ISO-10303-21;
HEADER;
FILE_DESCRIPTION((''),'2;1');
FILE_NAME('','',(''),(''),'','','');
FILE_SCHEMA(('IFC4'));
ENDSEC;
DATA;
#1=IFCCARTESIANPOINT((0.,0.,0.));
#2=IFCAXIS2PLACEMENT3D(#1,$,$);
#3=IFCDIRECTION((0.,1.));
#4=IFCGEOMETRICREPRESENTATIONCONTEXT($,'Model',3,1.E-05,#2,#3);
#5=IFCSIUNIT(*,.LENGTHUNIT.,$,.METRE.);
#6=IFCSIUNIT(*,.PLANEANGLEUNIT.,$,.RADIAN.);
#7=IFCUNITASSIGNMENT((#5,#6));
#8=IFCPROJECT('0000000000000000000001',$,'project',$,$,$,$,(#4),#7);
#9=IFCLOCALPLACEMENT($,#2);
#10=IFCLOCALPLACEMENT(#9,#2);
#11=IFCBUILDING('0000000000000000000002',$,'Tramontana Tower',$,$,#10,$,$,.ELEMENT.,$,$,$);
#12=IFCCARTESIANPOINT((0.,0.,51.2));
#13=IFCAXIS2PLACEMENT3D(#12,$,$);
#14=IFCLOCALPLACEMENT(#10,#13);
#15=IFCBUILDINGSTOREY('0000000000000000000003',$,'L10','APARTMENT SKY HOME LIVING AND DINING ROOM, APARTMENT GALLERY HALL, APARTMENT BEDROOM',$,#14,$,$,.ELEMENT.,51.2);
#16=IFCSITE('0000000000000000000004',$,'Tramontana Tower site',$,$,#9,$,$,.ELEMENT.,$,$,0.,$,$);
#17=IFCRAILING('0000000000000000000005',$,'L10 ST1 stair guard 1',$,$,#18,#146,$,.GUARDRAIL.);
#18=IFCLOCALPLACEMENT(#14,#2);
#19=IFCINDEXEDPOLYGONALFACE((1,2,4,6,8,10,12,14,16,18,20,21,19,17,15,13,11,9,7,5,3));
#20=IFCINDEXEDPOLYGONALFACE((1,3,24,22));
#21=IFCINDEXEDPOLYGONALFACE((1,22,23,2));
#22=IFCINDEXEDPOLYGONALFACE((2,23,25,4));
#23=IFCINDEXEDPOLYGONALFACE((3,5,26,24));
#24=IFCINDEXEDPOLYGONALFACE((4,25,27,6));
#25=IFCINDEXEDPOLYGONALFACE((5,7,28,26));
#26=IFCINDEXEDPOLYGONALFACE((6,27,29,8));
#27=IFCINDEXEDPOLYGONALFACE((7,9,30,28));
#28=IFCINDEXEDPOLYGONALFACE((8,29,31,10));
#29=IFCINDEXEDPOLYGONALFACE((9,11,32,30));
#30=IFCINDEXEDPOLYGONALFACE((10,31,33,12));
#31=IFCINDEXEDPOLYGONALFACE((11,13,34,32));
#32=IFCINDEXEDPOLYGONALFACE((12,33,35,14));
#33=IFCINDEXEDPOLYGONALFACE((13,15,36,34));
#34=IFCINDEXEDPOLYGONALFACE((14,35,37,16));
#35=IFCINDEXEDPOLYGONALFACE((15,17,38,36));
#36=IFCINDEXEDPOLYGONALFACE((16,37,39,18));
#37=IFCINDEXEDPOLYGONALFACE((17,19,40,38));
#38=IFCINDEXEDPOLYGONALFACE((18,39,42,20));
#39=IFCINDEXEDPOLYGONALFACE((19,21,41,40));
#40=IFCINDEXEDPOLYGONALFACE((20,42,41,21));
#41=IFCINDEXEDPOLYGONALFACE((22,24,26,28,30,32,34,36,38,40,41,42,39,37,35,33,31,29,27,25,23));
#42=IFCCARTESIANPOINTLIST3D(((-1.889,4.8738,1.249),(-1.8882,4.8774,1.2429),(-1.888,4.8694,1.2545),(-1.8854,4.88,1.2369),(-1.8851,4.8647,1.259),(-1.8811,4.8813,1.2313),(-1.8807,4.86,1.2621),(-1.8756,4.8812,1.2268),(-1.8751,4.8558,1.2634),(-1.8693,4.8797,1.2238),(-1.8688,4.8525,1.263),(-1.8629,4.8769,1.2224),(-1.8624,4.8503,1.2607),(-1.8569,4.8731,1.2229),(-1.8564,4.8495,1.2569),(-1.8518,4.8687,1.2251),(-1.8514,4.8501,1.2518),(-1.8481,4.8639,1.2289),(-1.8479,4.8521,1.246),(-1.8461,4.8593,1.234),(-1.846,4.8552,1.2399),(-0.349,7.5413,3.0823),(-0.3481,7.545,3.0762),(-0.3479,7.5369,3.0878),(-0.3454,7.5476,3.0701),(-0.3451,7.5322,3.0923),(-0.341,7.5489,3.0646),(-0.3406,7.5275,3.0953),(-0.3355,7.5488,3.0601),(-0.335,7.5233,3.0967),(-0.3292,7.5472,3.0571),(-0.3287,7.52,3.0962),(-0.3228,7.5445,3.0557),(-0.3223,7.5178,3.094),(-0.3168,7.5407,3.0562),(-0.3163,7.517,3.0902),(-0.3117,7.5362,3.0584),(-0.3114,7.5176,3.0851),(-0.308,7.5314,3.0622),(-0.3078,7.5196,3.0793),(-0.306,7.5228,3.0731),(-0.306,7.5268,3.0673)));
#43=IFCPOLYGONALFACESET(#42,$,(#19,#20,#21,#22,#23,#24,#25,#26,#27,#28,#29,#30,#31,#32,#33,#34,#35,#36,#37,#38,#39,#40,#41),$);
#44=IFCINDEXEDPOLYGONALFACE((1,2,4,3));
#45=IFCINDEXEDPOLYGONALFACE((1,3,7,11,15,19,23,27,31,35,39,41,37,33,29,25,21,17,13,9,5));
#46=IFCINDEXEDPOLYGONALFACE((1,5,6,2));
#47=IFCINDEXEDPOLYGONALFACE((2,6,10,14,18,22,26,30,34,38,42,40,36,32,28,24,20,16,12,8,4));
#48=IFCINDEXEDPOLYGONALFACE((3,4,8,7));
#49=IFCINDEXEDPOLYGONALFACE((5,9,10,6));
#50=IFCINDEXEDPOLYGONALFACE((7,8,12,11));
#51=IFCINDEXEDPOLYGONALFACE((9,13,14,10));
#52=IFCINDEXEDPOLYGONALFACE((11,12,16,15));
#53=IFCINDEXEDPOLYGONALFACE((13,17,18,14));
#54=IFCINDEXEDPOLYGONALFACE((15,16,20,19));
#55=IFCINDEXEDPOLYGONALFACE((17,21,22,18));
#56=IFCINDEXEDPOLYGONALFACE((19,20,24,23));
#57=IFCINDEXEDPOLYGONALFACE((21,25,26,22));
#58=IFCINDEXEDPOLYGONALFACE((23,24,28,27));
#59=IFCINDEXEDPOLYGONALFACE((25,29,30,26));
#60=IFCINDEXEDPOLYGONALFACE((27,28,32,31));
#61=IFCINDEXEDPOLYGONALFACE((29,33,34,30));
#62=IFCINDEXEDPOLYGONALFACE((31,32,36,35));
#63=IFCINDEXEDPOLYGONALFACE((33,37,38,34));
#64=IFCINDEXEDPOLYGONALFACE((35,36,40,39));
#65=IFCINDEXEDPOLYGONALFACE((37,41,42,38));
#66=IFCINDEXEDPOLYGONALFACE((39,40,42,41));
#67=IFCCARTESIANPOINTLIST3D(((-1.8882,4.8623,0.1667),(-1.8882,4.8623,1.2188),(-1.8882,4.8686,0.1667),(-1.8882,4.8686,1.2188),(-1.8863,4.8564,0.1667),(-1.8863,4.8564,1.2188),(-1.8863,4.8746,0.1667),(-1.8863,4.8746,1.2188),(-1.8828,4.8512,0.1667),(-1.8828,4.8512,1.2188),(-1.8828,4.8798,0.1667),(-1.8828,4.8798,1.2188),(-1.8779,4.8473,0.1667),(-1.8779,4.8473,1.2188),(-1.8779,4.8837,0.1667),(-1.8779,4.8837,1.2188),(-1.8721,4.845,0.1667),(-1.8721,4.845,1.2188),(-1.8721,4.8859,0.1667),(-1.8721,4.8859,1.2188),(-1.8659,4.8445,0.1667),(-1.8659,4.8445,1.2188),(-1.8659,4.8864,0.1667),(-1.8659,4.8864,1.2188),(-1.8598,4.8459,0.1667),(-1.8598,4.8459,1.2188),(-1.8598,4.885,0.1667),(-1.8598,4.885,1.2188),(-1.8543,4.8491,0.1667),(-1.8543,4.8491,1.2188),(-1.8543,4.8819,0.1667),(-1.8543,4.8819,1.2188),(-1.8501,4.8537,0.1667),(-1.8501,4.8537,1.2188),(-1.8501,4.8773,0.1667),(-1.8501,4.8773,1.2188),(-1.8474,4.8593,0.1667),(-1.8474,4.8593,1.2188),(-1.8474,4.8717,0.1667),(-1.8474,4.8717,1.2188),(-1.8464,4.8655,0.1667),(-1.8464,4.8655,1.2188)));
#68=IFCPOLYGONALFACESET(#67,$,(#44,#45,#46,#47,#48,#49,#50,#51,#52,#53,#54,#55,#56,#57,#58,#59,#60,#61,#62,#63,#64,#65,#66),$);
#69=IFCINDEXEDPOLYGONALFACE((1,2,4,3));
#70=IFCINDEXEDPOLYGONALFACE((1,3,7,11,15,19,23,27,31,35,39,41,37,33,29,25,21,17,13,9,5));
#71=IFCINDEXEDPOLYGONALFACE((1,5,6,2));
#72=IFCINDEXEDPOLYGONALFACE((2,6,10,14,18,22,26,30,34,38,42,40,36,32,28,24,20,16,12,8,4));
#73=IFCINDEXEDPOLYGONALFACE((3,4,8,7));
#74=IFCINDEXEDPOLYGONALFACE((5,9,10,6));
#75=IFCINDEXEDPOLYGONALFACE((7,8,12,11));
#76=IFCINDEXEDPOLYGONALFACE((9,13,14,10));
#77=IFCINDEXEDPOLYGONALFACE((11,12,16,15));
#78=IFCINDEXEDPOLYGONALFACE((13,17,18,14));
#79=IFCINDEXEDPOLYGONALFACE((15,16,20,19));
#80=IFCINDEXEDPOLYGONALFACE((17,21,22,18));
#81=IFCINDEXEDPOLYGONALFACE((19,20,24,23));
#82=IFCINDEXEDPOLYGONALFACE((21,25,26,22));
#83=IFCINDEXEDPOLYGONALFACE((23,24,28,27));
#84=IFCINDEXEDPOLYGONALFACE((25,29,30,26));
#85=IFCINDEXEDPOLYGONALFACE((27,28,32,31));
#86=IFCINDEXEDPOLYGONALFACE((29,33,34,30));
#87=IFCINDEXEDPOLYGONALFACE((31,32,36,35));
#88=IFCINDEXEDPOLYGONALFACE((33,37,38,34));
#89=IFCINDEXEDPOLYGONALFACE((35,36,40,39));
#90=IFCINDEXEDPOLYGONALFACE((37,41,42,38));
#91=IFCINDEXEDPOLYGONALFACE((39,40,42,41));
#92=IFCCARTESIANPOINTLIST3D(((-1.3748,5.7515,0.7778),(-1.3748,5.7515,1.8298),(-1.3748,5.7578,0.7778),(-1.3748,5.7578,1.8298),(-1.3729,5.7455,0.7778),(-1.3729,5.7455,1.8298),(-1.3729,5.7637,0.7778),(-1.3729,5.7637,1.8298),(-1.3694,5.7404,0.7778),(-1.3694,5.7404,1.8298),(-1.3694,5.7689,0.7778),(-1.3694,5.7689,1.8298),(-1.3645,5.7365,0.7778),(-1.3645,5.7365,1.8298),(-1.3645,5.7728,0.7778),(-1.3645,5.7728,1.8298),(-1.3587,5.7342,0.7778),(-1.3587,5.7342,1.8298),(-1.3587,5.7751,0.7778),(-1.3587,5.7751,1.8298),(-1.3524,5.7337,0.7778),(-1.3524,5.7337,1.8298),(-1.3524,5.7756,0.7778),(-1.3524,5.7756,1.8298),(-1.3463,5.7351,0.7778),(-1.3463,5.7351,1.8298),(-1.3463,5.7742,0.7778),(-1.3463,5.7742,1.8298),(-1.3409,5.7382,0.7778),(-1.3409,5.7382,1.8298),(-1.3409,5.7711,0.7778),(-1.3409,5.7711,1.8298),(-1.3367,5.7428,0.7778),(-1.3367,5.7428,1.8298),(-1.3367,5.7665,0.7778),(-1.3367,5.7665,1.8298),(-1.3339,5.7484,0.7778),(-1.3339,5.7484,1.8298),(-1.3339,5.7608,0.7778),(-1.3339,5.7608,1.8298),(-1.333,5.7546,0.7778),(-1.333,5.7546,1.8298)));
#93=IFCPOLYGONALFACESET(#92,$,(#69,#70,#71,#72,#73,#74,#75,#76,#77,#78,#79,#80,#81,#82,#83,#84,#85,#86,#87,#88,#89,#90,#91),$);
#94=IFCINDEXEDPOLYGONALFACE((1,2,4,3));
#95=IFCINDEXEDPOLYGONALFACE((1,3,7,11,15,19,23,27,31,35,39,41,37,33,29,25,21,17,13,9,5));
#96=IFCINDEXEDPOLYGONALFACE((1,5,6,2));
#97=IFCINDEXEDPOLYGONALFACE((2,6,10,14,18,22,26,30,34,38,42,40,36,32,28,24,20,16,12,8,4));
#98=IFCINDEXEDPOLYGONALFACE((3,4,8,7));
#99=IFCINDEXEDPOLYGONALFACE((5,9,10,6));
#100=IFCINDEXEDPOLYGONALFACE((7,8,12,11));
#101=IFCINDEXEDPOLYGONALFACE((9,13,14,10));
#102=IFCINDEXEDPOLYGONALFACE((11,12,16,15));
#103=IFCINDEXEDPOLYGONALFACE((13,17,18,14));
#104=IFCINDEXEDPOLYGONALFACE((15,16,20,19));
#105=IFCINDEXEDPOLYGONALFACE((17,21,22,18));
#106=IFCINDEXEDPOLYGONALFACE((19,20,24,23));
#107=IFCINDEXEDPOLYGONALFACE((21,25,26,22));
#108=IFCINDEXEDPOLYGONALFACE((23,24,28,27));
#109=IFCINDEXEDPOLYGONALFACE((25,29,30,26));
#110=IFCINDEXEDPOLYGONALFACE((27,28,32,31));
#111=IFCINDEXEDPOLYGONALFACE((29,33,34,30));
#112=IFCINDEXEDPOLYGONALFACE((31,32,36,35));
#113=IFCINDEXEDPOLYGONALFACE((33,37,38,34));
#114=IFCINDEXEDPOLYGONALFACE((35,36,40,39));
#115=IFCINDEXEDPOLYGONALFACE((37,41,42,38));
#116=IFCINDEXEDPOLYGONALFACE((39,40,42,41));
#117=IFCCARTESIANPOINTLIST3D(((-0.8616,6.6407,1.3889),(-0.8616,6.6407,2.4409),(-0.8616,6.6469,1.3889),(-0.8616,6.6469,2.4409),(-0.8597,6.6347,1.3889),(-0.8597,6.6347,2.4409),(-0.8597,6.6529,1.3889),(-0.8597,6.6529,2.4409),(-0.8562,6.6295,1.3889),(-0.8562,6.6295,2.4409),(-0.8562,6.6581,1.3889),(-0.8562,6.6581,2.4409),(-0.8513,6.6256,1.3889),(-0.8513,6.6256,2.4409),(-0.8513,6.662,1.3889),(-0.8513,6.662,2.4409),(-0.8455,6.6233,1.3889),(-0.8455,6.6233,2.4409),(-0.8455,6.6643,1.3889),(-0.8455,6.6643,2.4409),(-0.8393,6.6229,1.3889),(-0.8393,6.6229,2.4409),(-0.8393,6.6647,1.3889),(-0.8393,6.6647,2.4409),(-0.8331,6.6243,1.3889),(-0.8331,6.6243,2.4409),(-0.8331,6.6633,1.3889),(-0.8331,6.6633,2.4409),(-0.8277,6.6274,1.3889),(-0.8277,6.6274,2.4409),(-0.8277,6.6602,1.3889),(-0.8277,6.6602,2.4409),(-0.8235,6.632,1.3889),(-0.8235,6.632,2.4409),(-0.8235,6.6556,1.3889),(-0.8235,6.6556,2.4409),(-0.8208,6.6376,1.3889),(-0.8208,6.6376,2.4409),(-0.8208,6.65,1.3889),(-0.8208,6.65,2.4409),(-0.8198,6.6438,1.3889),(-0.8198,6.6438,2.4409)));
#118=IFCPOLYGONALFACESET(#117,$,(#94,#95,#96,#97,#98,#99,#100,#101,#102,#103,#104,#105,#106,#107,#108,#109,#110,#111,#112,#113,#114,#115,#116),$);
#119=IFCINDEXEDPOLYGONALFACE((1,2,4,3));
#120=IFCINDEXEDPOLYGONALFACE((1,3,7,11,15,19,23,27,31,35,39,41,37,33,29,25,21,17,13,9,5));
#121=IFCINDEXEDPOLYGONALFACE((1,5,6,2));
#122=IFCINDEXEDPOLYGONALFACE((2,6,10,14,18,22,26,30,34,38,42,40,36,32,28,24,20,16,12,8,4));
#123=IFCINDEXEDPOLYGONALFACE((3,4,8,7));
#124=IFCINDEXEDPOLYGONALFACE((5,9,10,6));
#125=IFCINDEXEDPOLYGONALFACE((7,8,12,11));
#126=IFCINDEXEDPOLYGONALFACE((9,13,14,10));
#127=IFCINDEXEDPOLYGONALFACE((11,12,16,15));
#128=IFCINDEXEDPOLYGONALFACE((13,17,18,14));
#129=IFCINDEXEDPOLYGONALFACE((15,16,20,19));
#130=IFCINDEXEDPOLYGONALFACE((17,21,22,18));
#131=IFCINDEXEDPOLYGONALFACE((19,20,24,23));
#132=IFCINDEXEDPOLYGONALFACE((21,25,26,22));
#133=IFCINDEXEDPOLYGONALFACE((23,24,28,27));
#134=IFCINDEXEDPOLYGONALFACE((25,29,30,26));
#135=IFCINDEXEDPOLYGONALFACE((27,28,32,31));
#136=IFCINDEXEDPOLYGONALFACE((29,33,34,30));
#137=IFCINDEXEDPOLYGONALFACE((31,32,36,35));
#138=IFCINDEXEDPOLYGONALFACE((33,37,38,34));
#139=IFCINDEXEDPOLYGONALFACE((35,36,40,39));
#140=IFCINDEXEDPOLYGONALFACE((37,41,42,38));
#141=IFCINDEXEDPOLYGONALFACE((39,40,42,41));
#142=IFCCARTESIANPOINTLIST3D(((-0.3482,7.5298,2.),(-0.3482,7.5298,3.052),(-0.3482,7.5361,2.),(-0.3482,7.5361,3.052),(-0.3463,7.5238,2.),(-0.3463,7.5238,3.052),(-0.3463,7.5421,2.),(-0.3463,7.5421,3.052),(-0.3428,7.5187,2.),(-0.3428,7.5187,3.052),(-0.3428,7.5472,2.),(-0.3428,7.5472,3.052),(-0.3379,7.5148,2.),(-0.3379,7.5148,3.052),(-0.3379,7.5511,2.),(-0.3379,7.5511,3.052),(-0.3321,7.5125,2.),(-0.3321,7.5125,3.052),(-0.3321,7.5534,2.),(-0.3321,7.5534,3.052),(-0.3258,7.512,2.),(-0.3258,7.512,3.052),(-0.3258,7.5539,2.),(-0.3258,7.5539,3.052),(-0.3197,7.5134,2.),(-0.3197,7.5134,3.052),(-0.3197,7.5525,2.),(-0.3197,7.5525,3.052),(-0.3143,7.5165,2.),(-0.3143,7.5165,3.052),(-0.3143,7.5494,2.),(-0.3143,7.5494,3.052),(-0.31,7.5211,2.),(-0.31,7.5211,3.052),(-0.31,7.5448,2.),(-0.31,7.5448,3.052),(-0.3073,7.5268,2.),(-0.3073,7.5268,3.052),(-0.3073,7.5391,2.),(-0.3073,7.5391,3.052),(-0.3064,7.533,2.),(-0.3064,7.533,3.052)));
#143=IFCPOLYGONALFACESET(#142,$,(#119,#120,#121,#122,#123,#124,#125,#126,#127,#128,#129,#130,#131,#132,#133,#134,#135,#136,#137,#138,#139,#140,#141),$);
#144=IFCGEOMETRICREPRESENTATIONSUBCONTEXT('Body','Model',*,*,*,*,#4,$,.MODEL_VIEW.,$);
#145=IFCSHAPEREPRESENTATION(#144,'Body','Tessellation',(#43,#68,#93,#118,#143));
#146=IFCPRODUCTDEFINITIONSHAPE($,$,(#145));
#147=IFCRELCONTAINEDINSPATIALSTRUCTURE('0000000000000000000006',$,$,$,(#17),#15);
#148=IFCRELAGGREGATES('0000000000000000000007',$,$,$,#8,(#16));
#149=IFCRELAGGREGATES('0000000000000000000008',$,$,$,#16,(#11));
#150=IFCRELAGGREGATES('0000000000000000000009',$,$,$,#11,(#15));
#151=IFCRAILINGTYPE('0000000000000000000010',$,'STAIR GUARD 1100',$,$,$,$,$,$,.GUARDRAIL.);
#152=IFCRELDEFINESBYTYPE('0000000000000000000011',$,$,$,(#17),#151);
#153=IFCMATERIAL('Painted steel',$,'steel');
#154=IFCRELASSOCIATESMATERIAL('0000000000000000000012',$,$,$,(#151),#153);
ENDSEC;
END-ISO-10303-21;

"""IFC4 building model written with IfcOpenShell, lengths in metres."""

from ifc_helpers import new_model, si_unit, direction, frame, origin, origin_2d, place, context, subcontext, project, spatial, circle, extrude, material, type_object, element, save


model = new_model("IFC4")

# Units and contexts
model_context = context("Model", 3, precision=1e-05, world=origin(), true_north=direction((0.0, 1.0)))
body_context = subcontext(model_context, "Body", "Model", "MODEL_VIEW")
ifc_project = project(units=[si_unit("LENGTHUNIT", "METRE"), si_unit("PLANEANGLEUNIT", "RADIAN")], contexts=[model_context])

# Site, building, storey
site_placement = place(None, origin())
site = spatial("IfcSite", under=ifc_project, at=site_placement, Name="Tramontana Tower site", CompositionType="ELEMENT", RefElevation=0.0)
building_placement = place(site_placement, origin())
building = spatial("IfcBuilding", under=site, at=building_placement, Name="Tramontana Tower", CompositionType="ELEMENT")
storey_placement = place(building_placement, frame((0.0, 0.0, 51.2)))
storey = spatial("IfcBuildingStorey", under=building, at=storey_placement, Name="L10", Description="APARTMENT SKY HOME LIVING AND DINING ROOM, APARTMENT GALLERY HALL, APARTMENT BEDROOM", CompositionType="ELEMENT", Elevation=51.2)

# Railing
ifc_material_1 = material(Name="Painted steel", Category="steel")
railing_type_1 = type_object("IfcRailingType", Name="STAIR GUARD 1100", PredefinedType="GUARDRAIL", material=ifc_material_1)
railing_1_placement = place(storey_placement, frame((-1.8674, 4.8655, 0.1667)))
element("IfcRailing", 1, at=railing_1_placement, inside=storey, type_object=railing_type_1, Name="L10 ST1 stair guard 1", PredefinedType="GUARDRAIL", context=body_context, shape_type="SweptSolid", body=[
    extrude(circle(Radius=0.0239, at=origin_2d()), frame((0.0, 0.0, 1.0762), z_axis=(0.429649, 0.74419, 0.511452), x_axis=(-0.86603, 0.499992, 0.0)), (0.0, 0.0, 1.0), 3.5845),
    extrude(circle(Radius=0.021, at=origin_2d()), origin(), (0.0, 0.0, 1.0), 1.052),
    extrude(circle(Radius=0.021, at=origin_2d()), frame((0.5134, 0.8892, 0.6111)), (0.0, 0.0, 1.0), 1.052),
    extrude(circle(Radius=0.021, at=origin_2d()), frame((1.0266, 1.7783, 1.2222)), (0.0, 0.0, 1.0), 1.052),
    extrude(circle(Radius=0.021, at=origin_2d()), frame((1.54, 2.6675, 1.8333)), (0.0, 0.0, 1.0), 1.052),
])

save(model, "model.ifc")
